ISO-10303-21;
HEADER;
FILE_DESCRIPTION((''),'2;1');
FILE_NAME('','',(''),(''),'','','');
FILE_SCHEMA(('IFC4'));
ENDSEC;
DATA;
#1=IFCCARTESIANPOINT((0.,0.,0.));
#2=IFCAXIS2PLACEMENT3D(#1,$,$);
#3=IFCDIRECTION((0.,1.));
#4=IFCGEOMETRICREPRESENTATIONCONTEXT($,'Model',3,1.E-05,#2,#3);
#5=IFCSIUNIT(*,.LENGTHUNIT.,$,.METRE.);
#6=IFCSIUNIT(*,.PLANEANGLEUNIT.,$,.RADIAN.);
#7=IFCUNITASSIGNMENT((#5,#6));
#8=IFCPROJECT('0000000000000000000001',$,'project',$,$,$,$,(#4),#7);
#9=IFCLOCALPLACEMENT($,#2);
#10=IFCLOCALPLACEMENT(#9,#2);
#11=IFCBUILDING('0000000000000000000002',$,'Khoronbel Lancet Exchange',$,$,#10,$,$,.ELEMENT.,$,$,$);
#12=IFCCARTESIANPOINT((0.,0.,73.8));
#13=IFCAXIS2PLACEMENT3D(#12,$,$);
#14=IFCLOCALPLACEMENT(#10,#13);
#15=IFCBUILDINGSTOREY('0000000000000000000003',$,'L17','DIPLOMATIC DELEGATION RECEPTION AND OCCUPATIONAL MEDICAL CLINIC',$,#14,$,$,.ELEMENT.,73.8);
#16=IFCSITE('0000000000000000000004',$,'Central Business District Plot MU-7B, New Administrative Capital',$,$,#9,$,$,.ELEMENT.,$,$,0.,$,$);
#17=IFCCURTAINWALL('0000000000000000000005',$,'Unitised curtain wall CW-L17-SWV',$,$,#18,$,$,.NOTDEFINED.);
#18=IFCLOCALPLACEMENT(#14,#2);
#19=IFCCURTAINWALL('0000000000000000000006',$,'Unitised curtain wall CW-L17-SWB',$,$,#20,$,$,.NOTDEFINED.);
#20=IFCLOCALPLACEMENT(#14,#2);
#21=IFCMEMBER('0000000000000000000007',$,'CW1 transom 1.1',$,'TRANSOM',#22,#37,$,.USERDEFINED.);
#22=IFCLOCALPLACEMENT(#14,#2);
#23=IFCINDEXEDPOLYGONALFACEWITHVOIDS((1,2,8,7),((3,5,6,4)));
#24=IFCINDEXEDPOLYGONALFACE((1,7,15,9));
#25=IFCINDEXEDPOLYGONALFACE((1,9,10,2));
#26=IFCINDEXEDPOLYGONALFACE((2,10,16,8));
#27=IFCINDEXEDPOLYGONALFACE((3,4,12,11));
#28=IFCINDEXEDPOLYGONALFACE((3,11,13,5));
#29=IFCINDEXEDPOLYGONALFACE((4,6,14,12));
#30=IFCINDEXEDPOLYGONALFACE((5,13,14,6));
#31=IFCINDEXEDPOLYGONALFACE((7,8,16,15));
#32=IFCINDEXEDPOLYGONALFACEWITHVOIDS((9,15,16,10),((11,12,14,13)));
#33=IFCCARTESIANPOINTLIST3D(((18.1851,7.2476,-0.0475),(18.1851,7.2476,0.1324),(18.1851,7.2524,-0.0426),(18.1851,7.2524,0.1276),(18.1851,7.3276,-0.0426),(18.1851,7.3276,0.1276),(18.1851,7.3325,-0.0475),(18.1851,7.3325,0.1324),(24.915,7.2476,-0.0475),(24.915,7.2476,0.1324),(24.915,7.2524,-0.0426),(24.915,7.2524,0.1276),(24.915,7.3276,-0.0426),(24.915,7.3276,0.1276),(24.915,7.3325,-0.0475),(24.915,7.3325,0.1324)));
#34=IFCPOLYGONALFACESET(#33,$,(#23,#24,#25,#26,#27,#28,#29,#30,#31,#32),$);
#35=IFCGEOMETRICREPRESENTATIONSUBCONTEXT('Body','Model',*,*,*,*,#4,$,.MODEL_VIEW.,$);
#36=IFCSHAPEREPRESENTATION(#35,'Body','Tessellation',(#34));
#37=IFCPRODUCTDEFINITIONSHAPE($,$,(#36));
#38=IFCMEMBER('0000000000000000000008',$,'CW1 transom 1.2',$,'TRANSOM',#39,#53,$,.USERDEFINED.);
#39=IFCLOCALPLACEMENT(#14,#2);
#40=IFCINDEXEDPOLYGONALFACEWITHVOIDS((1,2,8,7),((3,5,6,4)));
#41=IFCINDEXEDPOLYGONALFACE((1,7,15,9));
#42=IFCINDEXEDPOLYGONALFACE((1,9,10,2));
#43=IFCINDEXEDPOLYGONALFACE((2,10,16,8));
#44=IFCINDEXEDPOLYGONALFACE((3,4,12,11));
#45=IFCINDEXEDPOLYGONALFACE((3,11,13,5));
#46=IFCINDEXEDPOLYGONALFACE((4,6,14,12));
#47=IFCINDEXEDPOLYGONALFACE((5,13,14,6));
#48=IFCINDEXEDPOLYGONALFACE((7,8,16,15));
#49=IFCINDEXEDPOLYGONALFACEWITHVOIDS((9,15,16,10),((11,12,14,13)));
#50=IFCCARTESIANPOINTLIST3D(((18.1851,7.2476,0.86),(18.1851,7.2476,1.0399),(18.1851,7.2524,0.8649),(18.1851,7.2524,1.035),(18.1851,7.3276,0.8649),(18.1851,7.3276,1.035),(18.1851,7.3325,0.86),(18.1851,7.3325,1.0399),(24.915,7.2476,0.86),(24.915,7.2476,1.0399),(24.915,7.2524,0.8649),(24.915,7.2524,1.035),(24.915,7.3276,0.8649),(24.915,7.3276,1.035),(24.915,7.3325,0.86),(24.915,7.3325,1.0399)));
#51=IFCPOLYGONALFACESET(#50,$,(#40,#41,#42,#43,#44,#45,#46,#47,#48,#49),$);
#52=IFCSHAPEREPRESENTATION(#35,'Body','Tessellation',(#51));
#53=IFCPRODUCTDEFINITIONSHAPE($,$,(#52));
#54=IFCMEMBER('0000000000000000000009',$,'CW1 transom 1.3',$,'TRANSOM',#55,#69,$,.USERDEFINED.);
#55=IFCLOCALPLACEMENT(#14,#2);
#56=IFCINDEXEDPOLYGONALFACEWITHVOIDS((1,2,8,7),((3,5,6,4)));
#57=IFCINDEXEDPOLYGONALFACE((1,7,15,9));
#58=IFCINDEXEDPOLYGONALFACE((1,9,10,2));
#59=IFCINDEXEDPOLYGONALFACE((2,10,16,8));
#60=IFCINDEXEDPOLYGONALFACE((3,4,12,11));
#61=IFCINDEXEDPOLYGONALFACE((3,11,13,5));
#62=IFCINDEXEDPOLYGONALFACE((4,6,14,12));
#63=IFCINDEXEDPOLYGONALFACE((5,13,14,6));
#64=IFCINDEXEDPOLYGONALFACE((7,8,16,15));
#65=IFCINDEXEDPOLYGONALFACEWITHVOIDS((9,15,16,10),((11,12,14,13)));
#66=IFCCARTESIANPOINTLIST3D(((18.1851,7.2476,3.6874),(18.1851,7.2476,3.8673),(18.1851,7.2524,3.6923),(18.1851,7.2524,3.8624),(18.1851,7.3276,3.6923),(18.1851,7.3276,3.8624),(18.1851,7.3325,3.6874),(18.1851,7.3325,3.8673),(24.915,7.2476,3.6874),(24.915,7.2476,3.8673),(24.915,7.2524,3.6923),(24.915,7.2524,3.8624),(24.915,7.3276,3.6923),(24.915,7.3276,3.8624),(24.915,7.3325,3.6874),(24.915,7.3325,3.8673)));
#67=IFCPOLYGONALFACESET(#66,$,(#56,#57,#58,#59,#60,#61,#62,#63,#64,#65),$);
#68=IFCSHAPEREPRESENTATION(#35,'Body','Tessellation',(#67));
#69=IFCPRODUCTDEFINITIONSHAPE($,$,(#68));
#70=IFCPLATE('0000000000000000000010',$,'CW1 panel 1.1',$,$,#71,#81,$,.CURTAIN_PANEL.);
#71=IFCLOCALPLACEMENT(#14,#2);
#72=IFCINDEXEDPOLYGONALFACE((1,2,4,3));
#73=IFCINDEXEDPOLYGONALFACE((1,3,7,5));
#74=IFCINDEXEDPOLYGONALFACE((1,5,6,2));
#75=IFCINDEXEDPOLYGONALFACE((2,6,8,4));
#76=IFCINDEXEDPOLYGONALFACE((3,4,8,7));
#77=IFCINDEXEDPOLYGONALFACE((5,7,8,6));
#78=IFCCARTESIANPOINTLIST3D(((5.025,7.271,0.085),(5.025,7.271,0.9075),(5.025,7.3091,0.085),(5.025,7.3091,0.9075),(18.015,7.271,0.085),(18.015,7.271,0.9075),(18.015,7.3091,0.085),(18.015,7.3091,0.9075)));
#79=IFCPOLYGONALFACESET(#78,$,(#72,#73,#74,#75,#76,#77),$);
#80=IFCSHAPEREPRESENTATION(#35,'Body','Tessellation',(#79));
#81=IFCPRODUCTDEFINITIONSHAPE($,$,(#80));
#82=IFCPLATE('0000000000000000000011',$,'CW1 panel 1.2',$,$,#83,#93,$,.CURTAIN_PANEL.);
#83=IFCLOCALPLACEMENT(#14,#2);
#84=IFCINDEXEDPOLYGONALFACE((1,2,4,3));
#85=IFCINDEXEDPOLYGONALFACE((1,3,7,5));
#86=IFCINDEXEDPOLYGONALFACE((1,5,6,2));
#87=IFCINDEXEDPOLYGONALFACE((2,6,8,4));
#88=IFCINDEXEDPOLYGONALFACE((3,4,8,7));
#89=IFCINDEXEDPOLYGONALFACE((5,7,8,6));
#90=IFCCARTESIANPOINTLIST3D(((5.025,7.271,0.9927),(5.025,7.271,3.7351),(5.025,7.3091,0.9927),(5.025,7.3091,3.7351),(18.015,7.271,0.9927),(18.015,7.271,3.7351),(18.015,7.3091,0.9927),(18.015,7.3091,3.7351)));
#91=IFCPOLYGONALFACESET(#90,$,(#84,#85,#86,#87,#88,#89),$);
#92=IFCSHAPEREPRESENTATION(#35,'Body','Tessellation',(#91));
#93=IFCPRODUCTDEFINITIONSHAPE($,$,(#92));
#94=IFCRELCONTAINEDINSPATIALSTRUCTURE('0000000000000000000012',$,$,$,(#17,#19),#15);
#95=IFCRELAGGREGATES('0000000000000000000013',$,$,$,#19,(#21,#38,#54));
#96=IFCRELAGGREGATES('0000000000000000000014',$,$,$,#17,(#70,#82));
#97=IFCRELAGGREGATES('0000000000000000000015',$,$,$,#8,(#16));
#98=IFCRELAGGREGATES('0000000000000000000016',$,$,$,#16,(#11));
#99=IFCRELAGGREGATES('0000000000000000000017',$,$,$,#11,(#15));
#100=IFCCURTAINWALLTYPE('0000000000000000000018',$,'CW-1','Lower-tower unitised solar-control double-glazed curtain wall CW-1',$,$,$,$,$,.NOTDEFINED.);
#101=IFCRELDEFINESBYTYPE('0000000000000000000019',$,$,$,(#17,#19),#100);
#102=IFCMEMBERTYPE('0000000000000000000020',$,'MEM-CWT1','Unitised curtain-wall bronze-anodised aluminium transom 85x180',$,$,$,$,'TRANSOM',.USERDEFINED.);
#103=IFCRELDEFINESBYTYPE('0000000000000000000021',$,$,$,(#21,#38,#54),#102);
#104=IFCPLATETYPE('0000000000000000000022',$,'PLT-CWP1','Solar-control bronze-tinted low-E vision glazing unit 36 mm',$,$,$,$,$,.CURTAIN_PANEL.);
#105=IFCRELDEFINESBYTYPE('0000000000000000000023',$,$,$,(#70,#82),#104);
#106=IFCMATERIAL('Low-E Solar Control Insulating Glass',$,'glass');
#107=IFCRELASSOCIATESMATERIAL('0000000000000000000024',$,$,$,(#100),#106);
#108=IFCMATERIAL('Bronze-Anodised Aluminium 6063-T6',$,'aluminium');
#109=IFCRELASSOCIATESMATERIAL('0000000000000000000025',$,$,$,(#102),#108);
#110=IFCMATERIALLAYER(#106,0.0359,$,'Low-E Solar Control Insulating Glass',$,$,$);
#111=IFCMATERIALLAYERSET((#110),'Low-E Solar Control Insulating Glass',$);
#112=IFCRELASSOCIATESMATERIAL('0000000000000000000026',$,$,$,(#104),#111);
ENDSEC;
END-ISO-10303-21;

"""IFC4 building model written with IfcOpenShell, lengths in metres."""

from ifc_helpers import new_model, si_unit, direction, frame, origin, origin_2d, place, context, subcontext, project, spatial, rectangle, hollow_rectangle, extrude, material, layer, layer_set, material_profile, profile_set, type_object, element, aggregate, save


model = new_model("IFC4")

# Units and contexts
model_context = context("Model", 3, precision=1e-05, world=origin(), true_north=direction((0.0, 1.0)))
body_context = subcontext(model_context, "Body", "Model", "MODEL_VIEW")
ifc_project = project(units=[si_unit("LENGTHUNIT", "METRE"), si_unit("PLANEANGLEUNIT", "RADIAN")], contexts=[model_context])

# Site, building, storey
site_placement = place(None, origin())
site = spatial("IfcSite", under=ifc_project, at=site_placement, Name="Central Business District Plot MU-7B, New Administrative Capital", CompositionType="ELEMENT", RefElevation=0.0)
building_placement = place(site_placement, origin())
building = spatial("IfcBuilding", under=site, at=building_placement, Name="Khoronbel Lancet Exchange", CompositionType="ELEMENT")
storey_placement = place(building_placement, frame((0.0, 0.0, 73.8)))
storey = spatial("IfcBuildingStorey", under=building, at=storey_placement, Name="L17", Description="DIPLOMATIC DELEGATION RECEPTION AND OCCUPATIONAL MEDICAL CLINIC", CompositionType="ELEMENT", Elevation=73.8)

# Curtain wall
ifc_material_1 = material(Name="Low-E Solar Control Insulating Glass", Category="glass")
curtain_wall_type = type_object("IfcCurtainWallType", Name="CW-1", Description="Lower-tower unitised solar-control double-glazed curtain wall CW-1", PredefinedType="NOTDEFINED", material=ifc_material_1)
curtain_wall_1_placement = place(storey_placement, origin())
curtain_wall_1 = element("IfcCurtainWall", 1, at=curtain_wall_1_placement, inside=storey, type_object=curtain_wall_type, Name="Unitised curtain wall CW-L17-SWV", PredefinedType="NOTDEFINED")
ifc_material_2 = material(Name="Bronze-Anodised Aluminium 6063-T6", Category="aluminium")

# Curtain wall
curtain_wall_2_placement = place(storey_placement, origin())
curtain_wall_2 = element("IfcCurtainWall", 2, at=curtain_wall_2_placement, inside=storey, type_object=curtain_wall_type, Name="Unitised curtain wall CW-L17-SWB", PredefinedType="NOTDEFINED")

# Members
ifc_material_profile_1 = material_profile(ifc_material_2, hollow_rectangle(XDim=0.085, YDim=0.1799, WallThickness=0.0049, at=origin_2d()), Name="ALU TRANSOM 85x180")
ifc_profile_set_1 = profile_set([ifc_material_profile_1], Name="Bronze-Anodised Aluminium 6063-T6")
member_type_1 = type_object("IfcMemberType", Name="MEM-CWT1", Description="Unitised curtain-wall bronze-anodised aluminium transom 85x180", ElementType="TRANSOM", PredefinedType="USERDEFINED", material=ifc_profile_set_1)
member_1_placement = place(storey_placement, frame((18.1851, 7.29, 0.0425), z_axis=(1.0, 0.0, 0.0), x_axis=(0.0, 1.0, 0.0)))
member_1 = element("IfcMember", 3, at=member_1_placement, type_object=member_type_1, Name="CW1 transom 1.1", ObjectType="TRANSOM", PredefinedType="USERDEFINED", context=body_context, shape_type="SweptSolid", body=[
    extrude(hollow_rectangle(XDim=0.085, YDim=0.1799, WallThickness=0.0049, at=origin_2d()), origin(), (0.0, 0.0, 1.0), 6.73),
])
member_2_placement = place(storey_placement, frame((18.1851, 7.29, 0.95), z_axis=(1.0, 0.0, 0.0), x_axis=(0.0, 1.0, 0.0)))
member_2 = element("IfcMember", 4, at=member_2_placement, type_object=member_type_1, Name="CW1 transom 1.2", ObjectType="TRANSOM", PredefinedType="USERDEFINED", context=body_context, shape_type="SweptSolid", body=[
    extrude(hollow_rectangle(XDim=0.085, YDim=0.1799, WallThickness=0.0049, at=origin_2d()), origin(), (0.0, 0.0, 1.0), 6.73),
])
member_3_placement = place(storey_placement, frame((18.1851, 7.29, 3.7773), z_axis=(1.0, 0.0, 0.0), x_axis=(0.0, 1.0, 0.0)))
member_3 = element("IfcMember", 5, at=member_3_placement, type_object=member_type_1, Name="CW1 transom 1.3", ObjectType="TRANSOM", PredefinedType="USERDEFINED", context=body_context, shape_type="SweptSolid", body=[
    extrude(hollow_rectangle(XDim=0.085, YDim=0.1799, WallThickness=0.0049, at=origin_2d()), origin(), (0.0, 0.0, 1.0), 6.73),
])
aggregate(curtain_wall_2, [member_1, member_2, member_3])

# Plates
ifc_layer_1 = layer(ifc_material_1, 0.0359, Name="Low-E Solar Control Insulating Glass")
ifc_layer_set_1 = layer_set([ifc_layer_1], Name="Low-E Solar Control Insulating Glass")
plate_type = type_object("IfcPlateType", Name="PLT-CWP1", Description="Solar-control bronze-tinted low-E vision glazing unit 36 mm", PredefinedType="CURTAIN_PANEL", material=ifc_layer_set_1)
plate_1_placement = place(storey_placement, frame((11.52, 7.29, 0.085), z_axis=(0.0, 0.0, 1.0), x_axis=(1.0, 0.0, 0.0)))
plate_1 = element("IfcPlate", 6, at=plate_1_placement, type_object=plate_type, Name="CW1 panel 1.1", PredefinedType="CURTAIN_PANEL", context=body_context, shape_type="SweptSolid", body=[
    extrude(rectangle(XDim=12.99, YDim=0.0381, at=origin_2d()), origin(), (0.0, 0.0, 1.0), 0.8225),
])
plate_2_placement = place(storey_placement, frame((11.52, 7.29, 0.9927), z_axis=(0.0, 0.0, 1.0), x_axis=(1.0, 0.0, 0.0)))
plate_2 = element("IfcPlate", 7, at=plate_2_placement, type_object=plate_type, Name="CW1 panel 1.2", PredefinedType="CURTAIN_PANEL", context=body_context, shape_type="SweptSolid", body=[
    extrude(rectangle(XDim=12.99, YDim=0.0381, at=origin_2d()), origin(), (0.0, 0.0, 1.0), 2.7424),
])
aggregate(curtain_wall_1, [plate_1, plate_2])

save(model, "model.ifc")
